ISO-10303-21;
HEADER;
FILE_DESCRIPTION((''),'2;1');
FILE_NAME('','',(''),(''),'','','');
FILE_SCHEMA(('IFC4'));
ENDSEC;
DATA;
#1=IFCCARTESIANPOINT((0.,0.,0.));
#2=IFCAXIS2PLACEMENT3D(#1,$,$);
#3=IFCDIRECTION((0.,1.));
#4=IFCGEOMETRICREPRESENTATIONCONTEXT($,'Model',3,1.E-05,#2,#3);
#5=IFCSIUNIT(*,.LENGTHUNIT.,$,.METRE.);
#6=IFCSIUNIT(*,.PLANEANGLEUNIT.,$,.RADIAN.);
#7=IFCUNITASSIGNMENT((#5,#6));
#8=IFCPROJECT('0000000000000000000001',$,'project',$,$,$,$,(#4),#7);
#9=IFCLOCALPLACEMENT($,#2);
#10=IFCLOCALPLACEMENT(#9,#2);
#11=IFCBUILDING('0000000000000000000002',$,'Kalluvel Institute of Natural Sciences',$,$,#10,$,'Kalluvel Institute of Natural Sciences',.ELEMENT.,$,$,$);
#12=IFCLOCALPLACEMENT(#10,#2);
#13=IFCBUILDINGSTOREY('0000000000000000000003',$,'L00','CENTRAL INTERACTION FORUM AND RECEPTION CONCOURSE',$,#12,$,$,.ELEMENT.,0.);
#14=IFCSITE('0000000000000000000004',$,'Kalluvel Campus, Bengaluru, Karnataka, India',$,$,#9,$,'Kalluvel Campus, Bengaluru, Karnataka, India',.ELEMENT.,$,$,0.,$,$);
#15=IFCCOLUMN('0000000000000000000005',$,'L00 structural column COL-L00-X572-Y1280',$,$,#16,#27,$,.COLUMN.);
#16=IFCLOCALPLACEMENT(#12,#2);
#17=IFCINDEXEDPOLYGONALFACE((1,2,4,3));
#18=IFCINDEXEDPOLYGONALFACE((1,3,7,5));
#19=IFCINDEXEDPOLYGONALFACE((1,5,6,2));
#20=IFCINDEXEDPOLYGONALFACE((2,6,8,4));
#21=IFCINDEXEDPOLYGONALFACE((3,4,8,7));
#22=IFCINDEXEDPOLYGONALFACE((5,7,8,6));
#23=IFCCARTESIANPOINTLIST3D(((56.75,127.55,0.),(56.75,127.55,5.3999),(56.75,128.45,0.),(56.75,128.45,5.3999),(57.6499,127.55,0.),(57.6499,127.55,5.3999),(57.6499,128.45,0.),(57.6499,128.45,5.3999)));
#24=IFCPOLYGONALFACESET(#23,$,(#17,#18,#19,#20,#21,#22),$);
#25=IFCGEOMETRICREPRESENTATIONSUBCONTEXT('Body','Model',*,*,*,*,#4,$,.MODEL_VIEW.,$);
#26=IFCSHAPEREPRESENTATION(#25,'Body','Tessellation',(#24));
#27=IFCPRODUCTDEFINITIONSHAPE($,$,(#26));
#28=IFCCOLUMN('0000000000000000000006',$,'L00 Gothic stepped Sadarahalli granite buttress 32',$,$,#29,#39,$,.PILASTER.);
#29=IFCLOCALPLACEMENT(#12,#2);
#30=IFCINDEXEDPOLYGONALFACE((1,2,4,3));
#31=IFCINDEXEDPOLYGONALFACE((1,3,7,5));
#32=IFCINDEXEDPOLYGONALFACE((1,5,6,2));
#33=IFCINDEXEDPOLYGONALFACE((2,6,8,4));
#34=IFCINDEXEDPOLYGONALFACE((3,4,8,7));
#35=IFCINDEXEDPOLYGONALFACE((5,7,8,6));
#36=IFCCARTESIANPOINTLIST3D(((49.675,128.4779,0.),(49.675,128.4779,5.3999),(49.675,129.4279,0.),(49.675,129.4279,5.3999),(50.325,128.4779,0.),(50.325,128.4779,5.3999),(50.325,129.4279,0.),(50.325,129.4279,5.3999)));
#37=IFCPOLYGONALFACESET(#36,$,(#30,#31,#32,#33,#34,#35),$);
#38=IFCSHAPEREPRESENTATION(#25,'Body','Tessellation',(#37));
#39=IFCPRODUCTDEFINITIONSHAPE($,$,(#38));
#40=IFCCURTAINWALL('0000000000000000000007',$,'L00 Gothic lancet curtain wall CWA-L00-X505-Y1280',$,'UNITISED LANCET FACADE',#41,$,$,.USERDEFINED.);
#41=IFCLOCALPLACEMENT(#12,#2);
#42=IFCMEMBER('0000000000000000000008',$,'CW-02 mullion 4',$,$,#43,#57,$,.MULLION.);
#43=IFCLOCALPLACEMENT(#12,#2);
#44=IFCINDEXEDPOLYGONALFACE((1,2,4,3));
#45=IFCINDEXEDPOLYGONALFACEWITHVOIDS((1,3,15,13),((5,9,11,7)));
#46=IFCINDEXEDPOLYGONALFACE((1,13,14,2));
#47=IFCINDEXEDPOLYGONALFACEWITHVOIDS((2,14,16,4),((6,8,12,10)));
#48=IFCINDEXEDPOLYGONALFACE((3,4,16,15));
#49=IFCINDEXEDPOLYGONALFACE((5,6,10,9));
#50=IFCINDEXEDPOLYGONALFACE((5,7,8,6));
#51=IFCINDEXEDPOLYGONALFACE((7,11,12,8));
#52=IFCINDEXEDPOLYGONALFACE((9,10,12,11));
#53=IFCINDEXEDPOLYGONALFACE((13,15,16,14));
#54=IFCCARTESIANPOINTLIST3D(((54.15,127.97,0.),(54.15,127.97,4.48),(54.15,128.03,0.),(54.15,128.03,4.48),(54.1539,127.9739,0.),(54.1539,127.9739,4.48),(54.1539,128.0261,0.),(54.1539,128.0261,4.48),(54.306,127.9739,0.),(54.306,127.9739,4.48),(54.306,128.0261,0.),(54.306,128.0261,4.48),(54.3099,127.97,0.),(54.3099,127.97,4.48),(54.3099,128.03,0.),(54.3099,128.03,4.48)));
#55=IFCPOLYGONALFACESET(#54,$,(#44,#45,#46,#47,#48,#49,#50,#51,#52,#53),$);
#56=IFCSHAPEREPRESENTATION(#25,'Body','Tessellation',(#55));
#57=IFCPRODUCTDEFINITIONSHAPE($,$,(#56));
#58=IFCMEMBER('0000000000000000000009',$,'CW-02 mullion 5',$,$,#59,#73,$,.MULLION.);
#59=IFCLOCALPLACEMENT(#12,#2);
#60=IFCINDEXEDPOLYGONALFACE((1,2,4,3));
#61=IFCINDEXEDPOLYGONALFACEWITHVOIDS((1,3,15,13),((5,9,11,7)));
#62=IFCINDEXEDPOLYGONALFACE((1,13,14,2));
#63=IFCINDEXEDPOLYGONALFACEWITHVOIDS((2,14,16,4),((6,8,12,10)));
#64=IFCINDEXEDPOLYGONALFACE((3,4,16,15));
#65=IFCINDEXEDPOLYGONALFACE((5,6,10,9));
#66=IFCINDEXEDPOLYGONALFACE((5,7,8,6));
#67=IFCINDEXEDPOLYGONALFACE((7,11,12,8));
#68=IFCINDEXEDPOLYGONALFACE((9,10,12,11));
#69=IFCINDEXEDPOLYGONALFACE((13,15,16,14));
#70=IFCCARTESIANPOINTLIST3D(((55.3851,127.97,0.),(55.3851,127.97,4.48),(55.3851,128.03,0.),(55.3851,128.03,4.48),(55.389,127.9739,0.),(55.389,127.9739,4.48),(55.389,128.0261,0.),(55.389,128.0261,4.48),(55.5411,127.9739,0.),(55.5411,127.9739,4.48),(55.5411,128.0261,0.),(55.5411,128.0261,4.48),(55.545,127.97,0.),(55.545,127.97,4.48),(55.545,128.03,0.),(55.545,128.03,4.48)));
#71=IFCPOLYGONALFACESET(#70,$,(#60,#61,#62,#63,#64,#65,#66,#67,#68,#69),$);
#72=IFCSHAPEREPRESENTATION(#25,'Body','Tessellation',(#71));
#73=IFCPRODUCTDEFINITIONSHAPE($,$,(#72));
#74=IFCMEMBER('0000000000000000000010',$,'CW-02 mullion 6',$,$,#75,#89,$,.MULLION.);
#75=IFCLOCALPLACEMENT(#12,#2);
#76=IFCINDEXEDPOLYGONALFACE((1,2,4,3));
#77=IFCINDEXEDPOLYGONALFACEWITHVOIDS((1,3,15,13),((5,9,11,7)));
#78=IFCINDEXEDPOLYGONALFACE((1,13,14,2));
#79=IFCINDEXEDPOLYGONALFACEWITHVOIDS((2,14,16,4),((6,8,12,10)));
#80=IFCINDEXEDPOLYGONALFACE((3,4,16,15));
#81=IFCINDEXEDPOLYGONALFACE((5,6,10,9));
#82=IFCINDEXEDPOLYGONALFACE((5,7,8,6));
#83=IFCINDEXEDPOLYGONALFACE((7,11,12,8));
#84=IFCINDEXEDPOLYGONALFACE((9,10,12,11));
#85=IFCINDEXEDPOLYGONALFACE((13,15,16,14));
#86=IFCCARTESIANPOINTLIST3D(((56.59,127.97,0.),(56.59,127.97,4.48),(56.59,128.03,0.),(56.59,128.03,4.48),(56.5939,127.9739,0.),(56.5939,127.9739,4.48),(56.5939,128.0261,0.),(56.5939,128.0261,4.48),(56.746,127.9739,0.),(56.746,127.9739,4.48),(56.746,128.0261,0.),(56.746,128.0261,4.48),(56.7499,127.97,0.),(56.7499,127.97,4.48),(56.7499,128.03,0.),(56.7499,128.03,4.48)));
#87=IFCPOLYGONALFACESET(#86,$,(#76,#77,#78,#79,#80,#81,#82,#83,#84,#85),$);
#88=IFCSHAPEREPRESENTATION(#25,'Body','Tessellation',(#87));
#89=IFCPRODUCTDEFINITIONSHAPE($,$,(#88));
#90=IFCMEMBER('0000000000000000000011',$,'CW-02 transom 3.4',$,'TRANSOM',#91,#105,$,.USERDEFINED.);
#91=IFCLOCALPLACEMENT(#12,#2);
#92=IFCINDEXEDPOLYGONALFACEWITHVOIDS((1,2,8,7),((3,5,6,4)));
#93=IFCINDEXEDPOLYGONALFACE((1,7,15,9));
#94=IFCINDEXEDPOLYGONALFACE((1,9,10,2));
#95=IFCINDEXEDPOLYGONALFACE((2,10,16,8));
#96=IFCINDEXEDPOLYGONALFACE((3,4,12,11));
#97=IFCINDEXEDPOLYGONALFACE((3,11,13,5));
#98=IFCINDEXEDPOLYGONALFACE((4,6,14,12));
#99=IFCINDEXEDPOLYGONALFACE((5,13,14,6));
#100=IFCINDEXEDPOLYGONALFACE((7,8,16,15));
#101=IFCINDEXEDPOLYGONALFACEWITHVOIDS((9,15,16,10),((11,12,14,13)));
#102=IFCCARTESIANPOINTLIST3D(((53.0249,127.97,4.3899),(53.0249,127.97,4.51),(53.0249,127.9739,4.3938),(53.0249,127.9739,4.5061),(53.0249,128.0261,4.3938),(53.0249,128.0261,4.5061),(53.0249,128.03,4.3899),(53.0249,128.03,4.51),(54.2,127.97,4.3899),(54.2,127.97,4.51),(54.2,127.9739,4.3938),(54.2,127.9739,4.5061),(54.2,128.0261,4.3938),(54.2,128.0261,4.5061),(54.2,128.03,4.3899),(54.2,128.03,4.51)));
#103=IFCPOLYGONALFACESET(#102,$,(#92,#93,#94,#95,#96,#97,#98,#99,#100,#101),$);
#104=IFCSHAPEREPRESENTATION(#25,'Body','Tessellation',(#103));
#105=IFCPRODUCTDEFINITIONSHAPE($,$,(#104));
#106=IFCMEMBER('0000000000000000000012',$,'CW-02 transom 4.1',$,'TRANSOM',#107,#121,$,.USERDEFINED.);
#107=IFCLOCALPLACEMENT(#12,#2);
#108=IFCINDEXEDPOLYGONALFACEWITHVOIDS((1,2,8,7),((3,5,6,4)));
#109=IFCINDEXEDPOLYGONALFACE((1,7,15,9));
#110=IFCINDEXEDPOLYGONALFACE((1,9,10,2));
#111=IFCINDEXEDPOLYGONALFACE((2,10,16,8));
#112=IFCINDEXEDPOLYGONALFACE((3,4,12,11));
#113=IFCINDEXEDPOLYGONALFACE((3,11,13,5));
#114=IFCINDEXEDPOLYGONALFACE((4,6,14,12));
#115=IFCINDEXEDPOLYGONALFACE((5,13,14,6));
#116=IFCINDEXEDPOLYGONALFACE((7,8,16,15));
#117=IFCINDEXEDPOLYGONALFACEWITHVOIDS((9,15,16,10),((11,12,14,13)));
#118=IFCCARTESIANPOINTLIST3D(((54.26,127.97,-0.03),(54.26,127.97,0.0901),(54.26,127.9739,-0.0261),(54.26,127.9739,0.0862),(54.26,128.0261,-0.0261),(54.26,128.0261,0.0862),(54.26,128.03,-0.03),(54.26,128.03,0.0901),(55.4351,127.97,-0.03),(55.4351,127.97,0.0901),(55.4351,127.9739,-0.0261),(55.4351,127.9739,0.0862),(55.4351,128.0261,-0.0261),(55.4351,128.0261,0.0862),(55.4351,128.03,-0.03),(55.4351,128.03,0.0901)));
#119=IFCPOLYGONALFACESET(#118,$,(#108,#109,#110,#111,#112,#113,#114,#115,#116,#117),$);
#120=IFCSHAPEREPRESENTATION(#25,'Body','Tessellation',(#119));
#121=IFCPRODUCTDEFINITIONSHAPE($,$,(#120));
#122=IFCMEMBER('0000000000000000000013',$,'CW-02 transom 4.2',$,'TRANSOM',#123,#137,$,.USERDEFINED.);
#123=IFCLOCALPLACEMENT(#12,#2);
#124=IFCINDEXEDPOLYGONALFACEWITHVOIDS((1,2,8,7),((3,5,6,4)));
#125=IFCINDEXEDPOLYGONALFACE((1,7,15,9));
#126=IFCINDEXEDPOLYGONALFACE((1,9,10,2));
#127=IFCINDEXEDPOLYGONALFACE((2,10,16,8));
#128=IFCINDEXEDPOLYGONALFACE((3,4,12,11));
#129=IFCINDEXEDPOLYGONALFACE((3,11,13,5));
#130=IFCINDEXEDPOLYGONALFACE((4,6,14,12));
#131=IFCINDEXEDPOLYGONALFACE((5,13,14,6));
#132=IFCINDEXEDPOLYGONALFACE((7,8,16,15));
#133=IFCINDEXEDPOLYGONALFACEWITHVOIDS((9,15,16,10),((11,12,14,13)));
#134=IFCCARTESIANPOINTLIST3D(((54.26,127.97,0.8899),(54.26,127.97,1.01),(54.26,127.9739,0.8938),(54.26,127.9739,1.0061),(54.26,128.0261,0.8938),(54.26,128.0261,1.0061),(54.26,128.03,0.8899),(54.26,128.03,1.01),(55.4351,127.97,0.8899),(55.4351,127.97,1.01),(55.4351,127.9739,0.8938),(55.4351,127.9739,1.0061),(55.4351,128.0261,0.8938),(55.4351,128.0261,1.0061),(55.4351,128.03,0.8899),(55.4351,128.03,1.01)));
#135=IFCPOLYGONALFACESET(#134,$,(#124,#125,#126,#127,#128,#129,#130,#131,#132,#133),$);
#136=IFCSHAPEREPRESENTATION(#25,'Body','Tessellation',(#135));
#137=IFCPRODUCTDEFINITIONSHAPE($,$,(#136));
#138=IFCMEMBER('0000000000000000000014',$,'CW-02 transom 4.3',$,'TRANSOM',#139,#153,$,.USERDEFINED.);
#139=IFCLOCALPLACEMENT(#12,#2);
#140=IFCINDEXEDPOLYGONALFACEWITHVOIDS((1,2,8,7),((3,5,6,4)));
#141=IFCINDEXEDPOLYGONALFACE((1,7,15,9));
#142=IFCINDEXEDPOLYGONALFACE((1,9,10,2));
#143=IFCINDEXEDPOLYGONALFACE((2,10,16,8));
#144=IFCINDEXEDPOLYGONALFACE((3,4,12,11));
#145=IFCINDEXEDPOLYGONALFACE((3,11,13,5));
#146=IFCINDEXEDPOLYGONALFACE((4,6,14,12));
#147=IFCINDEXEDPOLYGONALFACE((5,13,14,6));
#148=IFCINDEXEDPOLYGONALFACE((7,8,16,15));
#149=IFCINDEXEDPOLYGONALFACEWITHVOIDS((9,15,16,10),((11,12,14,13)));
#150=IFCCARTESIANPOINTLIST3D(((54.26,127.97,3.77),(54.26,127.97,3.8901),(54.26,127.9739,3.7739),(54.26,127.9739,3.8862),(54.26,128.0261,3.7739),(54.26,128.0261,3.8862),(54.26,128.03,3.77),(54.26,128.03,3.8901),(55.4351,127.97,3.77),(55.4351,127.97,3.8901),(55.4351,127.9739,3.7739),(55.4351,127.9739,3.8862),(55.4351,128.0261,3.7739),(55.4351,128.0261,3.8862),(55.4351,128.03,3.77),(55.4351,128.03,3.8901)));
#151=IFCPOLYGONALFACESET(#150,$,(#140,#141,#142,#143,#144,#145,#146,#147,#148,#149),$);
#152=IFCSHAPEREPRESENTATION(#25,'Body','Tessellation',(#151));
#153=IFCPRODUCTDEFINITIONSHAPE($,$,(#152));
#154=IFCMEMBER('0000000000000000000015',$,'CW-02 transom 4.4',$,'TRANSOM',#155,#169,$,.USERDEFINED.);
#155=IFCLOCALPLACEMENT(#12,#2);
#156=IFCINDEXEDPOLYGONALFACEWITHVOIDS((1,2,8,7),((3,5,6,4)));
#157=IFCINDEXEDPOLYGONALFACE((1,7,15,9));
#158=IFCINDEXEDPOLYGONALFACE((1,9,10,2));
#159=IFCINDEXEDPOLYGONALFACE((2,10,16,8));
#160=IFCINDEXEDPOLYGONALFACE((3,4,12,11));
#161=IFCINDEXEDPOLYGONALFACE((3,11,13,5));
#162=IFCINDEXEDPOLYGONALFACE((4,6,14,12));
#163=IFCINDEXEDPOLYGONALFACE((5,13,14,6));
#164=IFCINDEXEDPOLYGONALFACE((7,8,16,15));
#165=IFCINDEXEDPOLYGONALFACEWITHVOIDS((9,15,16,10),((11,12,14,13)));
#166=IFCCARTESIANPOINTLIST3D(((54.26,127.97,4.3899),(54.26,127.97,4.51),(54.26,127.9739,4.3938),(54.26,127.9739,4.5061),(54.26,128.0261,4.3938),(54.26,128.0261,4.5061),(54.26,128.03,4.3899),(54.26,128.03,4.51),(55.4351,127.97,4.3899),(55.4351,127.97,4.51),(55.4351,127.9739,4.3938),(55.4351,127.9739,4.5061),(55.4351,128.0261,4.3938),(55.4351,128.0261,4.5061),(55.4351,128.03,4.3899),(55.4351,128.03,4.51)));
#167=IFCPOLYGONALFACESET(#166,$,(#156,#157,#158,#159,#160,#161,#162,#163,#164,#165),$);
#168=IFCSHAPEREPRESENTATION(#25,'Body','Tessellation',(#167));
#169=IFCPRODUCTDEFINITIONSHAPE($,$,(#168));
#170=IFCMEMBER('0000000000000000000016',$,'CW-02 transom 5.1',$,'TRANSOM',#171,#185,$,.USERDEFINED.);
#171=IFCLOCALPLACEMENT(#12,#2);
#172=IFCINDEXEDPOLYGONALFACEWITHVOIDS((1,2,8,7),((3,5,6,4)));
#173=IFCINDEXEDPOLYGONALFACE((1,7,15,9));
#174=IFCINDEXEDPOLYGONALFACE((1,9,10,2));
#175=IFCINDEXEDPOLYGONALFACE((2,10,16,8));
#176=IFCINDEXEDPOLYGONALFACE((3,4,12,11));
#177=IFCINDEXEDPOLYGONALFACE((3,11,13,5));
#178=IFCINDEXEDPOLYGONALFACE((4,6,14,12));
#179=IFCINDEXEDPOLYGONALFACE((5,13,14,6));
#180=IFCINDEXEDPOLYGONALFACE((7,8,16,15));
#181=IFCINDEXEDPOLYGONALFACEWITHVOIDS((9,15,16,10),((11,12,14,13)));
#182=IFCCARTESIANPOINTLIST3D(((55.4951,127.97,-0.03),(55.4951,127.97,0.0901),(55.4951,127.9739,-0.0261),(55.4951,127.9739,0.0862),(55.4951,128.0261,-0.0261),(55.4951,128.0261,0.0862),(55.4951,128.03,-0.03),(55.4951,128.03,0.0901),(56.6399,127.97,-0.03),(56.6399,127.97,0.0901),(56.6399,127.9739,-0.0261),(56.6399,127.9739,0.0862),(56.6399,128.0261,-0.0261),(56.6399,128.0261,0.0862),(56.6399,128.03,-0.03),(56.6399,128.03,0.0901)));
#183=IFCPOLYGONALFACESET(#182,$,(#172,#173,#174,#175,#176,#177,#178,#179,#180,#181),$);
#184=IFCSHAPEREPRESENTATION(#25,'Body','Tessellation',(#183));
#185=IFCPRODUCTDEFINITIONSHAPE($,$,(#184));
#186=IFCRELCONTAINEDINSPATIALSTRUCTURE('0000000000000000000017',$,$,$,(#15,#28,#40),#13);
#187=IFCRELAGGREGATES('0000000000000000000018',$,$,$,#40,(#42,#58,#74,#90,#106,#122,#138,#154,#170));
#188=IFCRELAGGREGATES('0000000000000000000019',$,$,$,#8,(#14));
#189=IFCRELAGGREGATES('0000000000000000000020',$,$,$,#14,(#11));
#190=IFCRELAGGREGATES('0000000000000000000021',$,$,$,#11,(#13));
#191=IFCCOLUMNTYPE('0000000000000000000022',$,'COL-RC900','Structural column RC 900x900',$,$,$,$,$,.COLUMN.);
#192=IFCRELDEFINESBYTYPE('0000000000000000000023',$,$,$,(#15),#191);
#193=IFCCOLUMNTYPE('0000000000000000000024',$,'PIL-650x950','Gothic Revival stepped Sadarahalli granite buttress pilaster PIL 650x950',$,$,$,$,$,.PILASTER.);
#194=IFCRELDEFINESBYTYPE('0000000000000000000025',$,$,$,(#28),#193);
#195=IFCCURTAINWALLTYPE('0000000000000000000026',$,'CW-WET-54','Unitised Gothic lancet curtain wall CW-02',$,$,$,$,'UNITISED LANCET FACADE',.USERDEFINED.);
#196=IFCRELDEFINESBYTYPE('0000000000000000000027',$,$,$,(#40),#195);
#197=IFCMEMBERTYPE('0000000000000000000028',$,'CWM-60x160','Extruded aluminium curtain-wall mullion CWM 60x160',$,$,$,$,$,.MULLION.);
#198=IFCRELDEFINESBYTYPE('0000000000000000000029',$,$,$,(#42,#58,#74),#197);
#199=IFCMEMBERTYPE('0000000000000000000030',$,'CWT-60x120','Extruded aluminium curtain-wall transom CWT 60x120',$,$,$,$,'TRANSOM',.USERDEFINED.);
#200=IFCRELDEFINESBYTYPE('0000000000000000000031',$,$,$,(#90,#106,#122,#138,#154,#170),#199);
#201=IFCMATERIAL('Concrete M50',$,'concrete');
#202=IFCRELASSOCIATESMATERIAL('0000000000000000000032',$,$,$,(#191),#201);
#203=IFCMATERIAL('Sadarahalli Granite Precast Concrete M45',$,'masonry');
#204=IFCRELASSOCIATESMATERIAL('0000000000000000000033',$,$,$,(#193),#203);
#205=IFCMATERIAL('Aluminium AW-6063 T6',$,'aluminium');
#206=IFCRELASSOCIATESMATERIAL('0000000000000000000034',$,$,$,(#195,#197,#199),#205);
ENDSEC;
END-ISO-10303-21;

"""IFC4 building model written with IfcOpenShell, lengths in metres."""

from ifc_helpers import new_model, si_unit, direction, frame, origin, origin_2d, place, context, subcontext, project, spatial, rectangle, hollow_rectangle, extrude, material, material_profile, profile_set, type_object, element, aggregate, save


model = new_model("IFC4")

# Units and contexts
model_context = context("Model", 3, precision=1e-05, world=origin(), true_north=direction((0.0, 1.0)))
body_context = subcontext(model_context, "Body", "Model", "MODEL_VIEW")
ifc_project = project(units=[si_unit("LENGTHUNIT", "METRE"), si_unit("PLANEANGLEUNIT", "RADIAN")], contexts=[model_context])

# Site, building, storey
site_placement = place(None, origin())
site = spatial("IfcSite", under=ifc_project, at=site_placement, Name="Kalluvel Campus, Bengaluru, Karnataka, India", LongName="Kalluvel Campus, Bengaluru, Karnataka, India", CompositionType="ELEMENT", RefElevation=0.0)
building_placement = place(site_placement, origin())
building = spatial("IfcBuilding", under=site, at=building_placement, Name="Kalluvel Institute of Natural Sciences", LongName="Kalluvel Institute of Natural Sciences", CompositionType="ELEMENT")
storey_placement = place(building_placement, origin())
storey = spatial("IfcBuildingStorey", under=building, at=storey_placement, Name="L00", Description="CENTRAL INTERACTION FORUM AND RECEPTION CONCOURSE", CompositionType="ELEMENT", Elevation=0.0)

# Columns
ifc_material_1 = material(Name="Concrete M50", Category="concrete")
ifc_material_profile_1 = material_profile(ifc_material_1, rectangle(XDim=0.8999, YDim=0.8999, at=origin_2d()), Name="RC 900x900")
ifc_profile_set_1 = profile_set([ifc_material_profile_1], Name="Concrete M50")
column_type_1 = type_object("IfcColumnType", Name="COL-RC900", Description="Structural column RC 900x900", PredefinedType="COLUMN", material=ifc_profile_set_1)
column_1_placement = place(storey_placement, frame((57.2, 128.0, 0.0), z_axis=(0.0, 0.0, 1.0), x_axis=(1.0, 0.0, 0.0)))
element("IfcColumn", 1, at=column_1_placement, inside=storey, type_object=column_type_1, Name="L00 structural column COL-L00-X572-Y1280", PredefinedType="COLUMN", context=body_context, shape_type="SweptSolid", body=[
    extrude(rectangle(XDim=0.8999, YDim=0.8999, at=origin_2d()), origin(), (0.0, 0.0, 1.0), 5.3999),
])
ifc_material_2 = material(Name="Sadarahalli Granite Precast Concrete M45", Category="masonry")
ifc_material_profile_2 = material_profile(ifc_material_2, rectangle(XDim=0.6499, YDim=0.95, at=origin_2d()), Name="PIL 650x950")
ifc_profile_set_2 = profile_set([ifc_material_profile_2], Name="Sadarahalli Granite Precast Concrete M45")
column_type_2 = type_object("IfcColumnType", Name="PIL-650x950", Description="Gothic Revival stepped Sadarahalli granite buttress pilaster PIL 650x950", PredefinedType="PILASTER", material=ifc_profile_set_2)
column_2_placement = place(storey_placement, frame((50.0, 128.9529, 0.0), z_axis=(0.0, 0.0, 1.0), x_axis=(1.0, 0.0, 0.0)))
element("IfcColumn", 2, at=column_2_placement, inside=storey, type_object=column_type_2, Name="L00 Gothic stepped Sadarahalli granite buttress 32", PredefinedType="PILASTER", context=body_context, shape_type="SweptSolid", body=[
    extrude(rectangle(XDim=0.6499, YDim=0.95, at=origin_2d()), origin(), (0.0, 0.0, 1.0), 5.3999),
])

# Curtain wall, members
ifc_material_3 = material(Name="Aluminium AW-6063 T6", Category="aluminium")
curtain_wall_type = type_object("IfcCurtainWallType", Name="CW-WET-54", Description="Unitised Gothic lancet curtain wall CW-02", ElementType="UNITISED LANCET FACADE", PredefinedType="USERDEFINED", material=ifc_material_3)
curtain_wall_placement = place(storey_placement, origin())
curtain_wall = element("IfcCurtainWall", 3, at=curtain_wall_placement, inside=storey, type_object=curtain_wall_type, Name="L00 Gothic lancet curtain wall CWA-L00-X505-Y1280", ObjectType="UNITISED LANCET FACADE", PredefinedType="USERDEFINED")
ifc_material_profile_3 = material_profile(ifc_material_3, hollow_rectangle(XDim=0.0601, YDim=0.1599, WallThickness=0.0039, at=origin_2d()), Name="CWM 60x160")
ifc_profile_set_3 = profile_set([ifc_material_profile_3], Name="Aluminium AW-6063 T6")
member_type_1 = type_object("IfcMemberType", Name="CWM-60x160", Description="Extruded aluminium curtain-wall mullion CWM 60x160", PredefinedType="MULLION", material=ifc_profile_set_3)
member_1_placement = place(storey_placement, frame((54.23, 128.0, 0.0), z_axis=(0.0, 0.0, 1.0), x_axis=(0.0, 1.0, 0.0)))
member_1 = element("IfcMember", 4, at=member_1_placement, type_object=member_type_1, Name="CW-02 mullion 4", PredefinedType="MULLION", context=body_context, shape_type="SweptSolid", body=[
    extrude(hollow_rectangle(XDim=0.0601, YDim=0.1599, WallThickness=0.0039, at=origin_2d()), origin(), (0.0, 0.0, 1.0), 4.48),
])
member_2_placement = place(storey_placement, frame((55.4651, 128.0, 0.0), z_axis=(0.0, 0.0, 1.0), x_axis=(0.0, 1.0, 0.0)))
member_2 = element("IfcMember", 5, at=member_2_placement, type_object=member_type_1, Name="CW-02 mullion 5", PredefinedType="MULLION", context=body_context, shape_type="SweptSolid", body=[
    extrude(hollow_rectangle(XDim=0.0601, YDim=0.1599, WallThickness=0.0039, at=origin_2d()), origin(), (0.0, 0.0, 1.0), 4.48),
])
member_3_placement = place(storey_placement, frame((56.6699, 128.0, 0.0), z_axis=(0.0, 0.0, 1.0), x_axis=(0.0, 1.0, 0.0)))
member_3 = element("IfcMember", 6, at=member_3_placement, type_object=member_type_1, Name="CW-02 mullion 6", PredefinedType="MULLION", context=body_context, shape_type="SweptSolid", body=[
    extrude(hollow_rectangle(XDim=0.0601, YDim=0.1599, WallThickness=0.0039, at=origin_2d()), origin(), (0.0, 0.0, 1.0), 4.48),
])
ifc_material_profile_4 = material_profile(ifc_material_3, hollow_rectangle(XDim=0.0601, YDim=0.1201, WallThickness=0.0039, at=origin_2d()), Name="CWT 60x120")
ifc_profile_set_4 = profile_set([ifc_material_profile_4], Name="Aluminium AW-6063 T6")
member_type_2 = type_object("IfcMemberType", Name="CWT-60x120", Description="Extruded aluminium curtain-wall transom CWT 60x120", ElementType="TRANSOM", PredefinedType="USERDEFINED", material=ifc_profile_set_4)
member_4_placement = place(storey_placement, frame((53.0249, 128.0, 4.45), z_axis=(1.0, 0.0, 0.0), x_axis=(0.0, 1.0, 0.0)))
member_4 = element("IfcMember", 7, at=member_4_placement, type_object=member_type_2, Name="CW-02 transom 3.4", ObjectType="TRANSOM", PredefinedType="USERDEFINED", context=body_context, shape_type="SweptSolid", body=[
    extrude(hollow_rectangle(XDim=0.0601, YDim=0.1201, WallThickness=0.0039, at=origin_2d()), origin(), (0.0, 0.0, 1.0), 1.175),
])
member_5_placement = place(storey_placement, frame((54.26, 128.0, 0.03), z_axis=(1.0, 0.0, 0.0), x_axis=(0.0, 1.0, 0.0)))
member_5 = element("IfcMember", 8, at=member_5_placement, type_object=member_type_2, Name="CW-02 transom 4.1", ObjectType="TRANSOM", PredefinedType="USERDEFINED", context=body_context, shape_type="SweptSolid", body=[
    extrude(hollow_rectangle(XDim=0.0601, YDim=0.1201, WallThickness=0.0039, at=origin_2d()), origin(), (0.0, 0.0, 1.0), 1.175),
])
member_6_placement = place(storey_placement, frame((54.26, 128.0, 0.95), z_axis=(1.0, 0.0, 0.0), x_axis=(0.0, 1.0, 0.0)))
member_6 = element("IfcMember", 9, at=member_6_placement, type_object=member_type_2, Name="CW-02 transom 4.2", ObjectType="TRANSOM", PredefinedType="USERDEFINED", context=body_context, shape_type="SweptSolid", body=[
    extrude(hollow_rectangle(XDim=0.0601, YDim=0.1201, WallThickness=0.0039, at=origin_2d()), origin(), (0.0, 0.0, 1.0), 1.175),
])
member_7_placement = place(storey_placement, frame((54.26, 128.0, 3.8301), z_axis=(1.0, 0.0, 0.0), x_axis=(0.0, 1.0, 0.0)))
member_7 = element("IfcMember", 10, at=member_7_placement, type_object=member_type_2, Name="CW-02 transom 4.3", ObjectType="TRANSOM", PredefinedType="USERDEFINED", context=body_context, shape_type="SweptSolid", body=[
    extrude(hollow_rectangle(XDim=0.0601, YDim=0.1201, WallThickness=0.0039, at=origin_2d()), origin(), (0.0, 0.0, 1.0), 1.175),
])
member_8_placement = place(storey_placement, frame((54.26, 128.0, 4.45), z_axis=(1.0, 0.0, 0.0), x_axis=(0.0, 1.0, 0.0)))
member_8 = element("IfcMember", 11, at=member_8_placement, type_object=member_type_2, Name="CW-02 transom 4.4", ObjectType="TRANSOM", PredefinedType="USERDEFINED", context=body_context, shape_type="SweptSolid", body=[
    extrude(hollow_rectangle(XDim=0.0601, YDim=0.1201, WallThickness=0.0039, at=origin_2d()), origin(), (0.0, 0.0, 1.0), 1.175),
])
member_9_placement = place(storey_placement, frame((55.4951, 128.0, 0.03), z_axis=(1.0, 0.0, 0.0), x_axis=(0.0, 1.0, 0.0)))
member_9 = element("IfcMember", 12, at=member_9_placement, type_object=member_type_2, Name="CW-02 transom 5.1", ObjectType="TRANSOM", PredefinedType="USERDEFINED", context=body_context, shape_type="SweptSolid", body=[
    extrude(hollow_rectangle(XDim=0.0601, YDim=0.1201, WallThickness=0.0039, at=origin_2d()), origin(), (0.0, 0.0, 1.0), 1.1448),
])
aggregate(curtain_wall, [member_1, member_2, member_3, member_4, member_5, member_6, member_7, member_8, member_9])

save(model, "model.ifc")
